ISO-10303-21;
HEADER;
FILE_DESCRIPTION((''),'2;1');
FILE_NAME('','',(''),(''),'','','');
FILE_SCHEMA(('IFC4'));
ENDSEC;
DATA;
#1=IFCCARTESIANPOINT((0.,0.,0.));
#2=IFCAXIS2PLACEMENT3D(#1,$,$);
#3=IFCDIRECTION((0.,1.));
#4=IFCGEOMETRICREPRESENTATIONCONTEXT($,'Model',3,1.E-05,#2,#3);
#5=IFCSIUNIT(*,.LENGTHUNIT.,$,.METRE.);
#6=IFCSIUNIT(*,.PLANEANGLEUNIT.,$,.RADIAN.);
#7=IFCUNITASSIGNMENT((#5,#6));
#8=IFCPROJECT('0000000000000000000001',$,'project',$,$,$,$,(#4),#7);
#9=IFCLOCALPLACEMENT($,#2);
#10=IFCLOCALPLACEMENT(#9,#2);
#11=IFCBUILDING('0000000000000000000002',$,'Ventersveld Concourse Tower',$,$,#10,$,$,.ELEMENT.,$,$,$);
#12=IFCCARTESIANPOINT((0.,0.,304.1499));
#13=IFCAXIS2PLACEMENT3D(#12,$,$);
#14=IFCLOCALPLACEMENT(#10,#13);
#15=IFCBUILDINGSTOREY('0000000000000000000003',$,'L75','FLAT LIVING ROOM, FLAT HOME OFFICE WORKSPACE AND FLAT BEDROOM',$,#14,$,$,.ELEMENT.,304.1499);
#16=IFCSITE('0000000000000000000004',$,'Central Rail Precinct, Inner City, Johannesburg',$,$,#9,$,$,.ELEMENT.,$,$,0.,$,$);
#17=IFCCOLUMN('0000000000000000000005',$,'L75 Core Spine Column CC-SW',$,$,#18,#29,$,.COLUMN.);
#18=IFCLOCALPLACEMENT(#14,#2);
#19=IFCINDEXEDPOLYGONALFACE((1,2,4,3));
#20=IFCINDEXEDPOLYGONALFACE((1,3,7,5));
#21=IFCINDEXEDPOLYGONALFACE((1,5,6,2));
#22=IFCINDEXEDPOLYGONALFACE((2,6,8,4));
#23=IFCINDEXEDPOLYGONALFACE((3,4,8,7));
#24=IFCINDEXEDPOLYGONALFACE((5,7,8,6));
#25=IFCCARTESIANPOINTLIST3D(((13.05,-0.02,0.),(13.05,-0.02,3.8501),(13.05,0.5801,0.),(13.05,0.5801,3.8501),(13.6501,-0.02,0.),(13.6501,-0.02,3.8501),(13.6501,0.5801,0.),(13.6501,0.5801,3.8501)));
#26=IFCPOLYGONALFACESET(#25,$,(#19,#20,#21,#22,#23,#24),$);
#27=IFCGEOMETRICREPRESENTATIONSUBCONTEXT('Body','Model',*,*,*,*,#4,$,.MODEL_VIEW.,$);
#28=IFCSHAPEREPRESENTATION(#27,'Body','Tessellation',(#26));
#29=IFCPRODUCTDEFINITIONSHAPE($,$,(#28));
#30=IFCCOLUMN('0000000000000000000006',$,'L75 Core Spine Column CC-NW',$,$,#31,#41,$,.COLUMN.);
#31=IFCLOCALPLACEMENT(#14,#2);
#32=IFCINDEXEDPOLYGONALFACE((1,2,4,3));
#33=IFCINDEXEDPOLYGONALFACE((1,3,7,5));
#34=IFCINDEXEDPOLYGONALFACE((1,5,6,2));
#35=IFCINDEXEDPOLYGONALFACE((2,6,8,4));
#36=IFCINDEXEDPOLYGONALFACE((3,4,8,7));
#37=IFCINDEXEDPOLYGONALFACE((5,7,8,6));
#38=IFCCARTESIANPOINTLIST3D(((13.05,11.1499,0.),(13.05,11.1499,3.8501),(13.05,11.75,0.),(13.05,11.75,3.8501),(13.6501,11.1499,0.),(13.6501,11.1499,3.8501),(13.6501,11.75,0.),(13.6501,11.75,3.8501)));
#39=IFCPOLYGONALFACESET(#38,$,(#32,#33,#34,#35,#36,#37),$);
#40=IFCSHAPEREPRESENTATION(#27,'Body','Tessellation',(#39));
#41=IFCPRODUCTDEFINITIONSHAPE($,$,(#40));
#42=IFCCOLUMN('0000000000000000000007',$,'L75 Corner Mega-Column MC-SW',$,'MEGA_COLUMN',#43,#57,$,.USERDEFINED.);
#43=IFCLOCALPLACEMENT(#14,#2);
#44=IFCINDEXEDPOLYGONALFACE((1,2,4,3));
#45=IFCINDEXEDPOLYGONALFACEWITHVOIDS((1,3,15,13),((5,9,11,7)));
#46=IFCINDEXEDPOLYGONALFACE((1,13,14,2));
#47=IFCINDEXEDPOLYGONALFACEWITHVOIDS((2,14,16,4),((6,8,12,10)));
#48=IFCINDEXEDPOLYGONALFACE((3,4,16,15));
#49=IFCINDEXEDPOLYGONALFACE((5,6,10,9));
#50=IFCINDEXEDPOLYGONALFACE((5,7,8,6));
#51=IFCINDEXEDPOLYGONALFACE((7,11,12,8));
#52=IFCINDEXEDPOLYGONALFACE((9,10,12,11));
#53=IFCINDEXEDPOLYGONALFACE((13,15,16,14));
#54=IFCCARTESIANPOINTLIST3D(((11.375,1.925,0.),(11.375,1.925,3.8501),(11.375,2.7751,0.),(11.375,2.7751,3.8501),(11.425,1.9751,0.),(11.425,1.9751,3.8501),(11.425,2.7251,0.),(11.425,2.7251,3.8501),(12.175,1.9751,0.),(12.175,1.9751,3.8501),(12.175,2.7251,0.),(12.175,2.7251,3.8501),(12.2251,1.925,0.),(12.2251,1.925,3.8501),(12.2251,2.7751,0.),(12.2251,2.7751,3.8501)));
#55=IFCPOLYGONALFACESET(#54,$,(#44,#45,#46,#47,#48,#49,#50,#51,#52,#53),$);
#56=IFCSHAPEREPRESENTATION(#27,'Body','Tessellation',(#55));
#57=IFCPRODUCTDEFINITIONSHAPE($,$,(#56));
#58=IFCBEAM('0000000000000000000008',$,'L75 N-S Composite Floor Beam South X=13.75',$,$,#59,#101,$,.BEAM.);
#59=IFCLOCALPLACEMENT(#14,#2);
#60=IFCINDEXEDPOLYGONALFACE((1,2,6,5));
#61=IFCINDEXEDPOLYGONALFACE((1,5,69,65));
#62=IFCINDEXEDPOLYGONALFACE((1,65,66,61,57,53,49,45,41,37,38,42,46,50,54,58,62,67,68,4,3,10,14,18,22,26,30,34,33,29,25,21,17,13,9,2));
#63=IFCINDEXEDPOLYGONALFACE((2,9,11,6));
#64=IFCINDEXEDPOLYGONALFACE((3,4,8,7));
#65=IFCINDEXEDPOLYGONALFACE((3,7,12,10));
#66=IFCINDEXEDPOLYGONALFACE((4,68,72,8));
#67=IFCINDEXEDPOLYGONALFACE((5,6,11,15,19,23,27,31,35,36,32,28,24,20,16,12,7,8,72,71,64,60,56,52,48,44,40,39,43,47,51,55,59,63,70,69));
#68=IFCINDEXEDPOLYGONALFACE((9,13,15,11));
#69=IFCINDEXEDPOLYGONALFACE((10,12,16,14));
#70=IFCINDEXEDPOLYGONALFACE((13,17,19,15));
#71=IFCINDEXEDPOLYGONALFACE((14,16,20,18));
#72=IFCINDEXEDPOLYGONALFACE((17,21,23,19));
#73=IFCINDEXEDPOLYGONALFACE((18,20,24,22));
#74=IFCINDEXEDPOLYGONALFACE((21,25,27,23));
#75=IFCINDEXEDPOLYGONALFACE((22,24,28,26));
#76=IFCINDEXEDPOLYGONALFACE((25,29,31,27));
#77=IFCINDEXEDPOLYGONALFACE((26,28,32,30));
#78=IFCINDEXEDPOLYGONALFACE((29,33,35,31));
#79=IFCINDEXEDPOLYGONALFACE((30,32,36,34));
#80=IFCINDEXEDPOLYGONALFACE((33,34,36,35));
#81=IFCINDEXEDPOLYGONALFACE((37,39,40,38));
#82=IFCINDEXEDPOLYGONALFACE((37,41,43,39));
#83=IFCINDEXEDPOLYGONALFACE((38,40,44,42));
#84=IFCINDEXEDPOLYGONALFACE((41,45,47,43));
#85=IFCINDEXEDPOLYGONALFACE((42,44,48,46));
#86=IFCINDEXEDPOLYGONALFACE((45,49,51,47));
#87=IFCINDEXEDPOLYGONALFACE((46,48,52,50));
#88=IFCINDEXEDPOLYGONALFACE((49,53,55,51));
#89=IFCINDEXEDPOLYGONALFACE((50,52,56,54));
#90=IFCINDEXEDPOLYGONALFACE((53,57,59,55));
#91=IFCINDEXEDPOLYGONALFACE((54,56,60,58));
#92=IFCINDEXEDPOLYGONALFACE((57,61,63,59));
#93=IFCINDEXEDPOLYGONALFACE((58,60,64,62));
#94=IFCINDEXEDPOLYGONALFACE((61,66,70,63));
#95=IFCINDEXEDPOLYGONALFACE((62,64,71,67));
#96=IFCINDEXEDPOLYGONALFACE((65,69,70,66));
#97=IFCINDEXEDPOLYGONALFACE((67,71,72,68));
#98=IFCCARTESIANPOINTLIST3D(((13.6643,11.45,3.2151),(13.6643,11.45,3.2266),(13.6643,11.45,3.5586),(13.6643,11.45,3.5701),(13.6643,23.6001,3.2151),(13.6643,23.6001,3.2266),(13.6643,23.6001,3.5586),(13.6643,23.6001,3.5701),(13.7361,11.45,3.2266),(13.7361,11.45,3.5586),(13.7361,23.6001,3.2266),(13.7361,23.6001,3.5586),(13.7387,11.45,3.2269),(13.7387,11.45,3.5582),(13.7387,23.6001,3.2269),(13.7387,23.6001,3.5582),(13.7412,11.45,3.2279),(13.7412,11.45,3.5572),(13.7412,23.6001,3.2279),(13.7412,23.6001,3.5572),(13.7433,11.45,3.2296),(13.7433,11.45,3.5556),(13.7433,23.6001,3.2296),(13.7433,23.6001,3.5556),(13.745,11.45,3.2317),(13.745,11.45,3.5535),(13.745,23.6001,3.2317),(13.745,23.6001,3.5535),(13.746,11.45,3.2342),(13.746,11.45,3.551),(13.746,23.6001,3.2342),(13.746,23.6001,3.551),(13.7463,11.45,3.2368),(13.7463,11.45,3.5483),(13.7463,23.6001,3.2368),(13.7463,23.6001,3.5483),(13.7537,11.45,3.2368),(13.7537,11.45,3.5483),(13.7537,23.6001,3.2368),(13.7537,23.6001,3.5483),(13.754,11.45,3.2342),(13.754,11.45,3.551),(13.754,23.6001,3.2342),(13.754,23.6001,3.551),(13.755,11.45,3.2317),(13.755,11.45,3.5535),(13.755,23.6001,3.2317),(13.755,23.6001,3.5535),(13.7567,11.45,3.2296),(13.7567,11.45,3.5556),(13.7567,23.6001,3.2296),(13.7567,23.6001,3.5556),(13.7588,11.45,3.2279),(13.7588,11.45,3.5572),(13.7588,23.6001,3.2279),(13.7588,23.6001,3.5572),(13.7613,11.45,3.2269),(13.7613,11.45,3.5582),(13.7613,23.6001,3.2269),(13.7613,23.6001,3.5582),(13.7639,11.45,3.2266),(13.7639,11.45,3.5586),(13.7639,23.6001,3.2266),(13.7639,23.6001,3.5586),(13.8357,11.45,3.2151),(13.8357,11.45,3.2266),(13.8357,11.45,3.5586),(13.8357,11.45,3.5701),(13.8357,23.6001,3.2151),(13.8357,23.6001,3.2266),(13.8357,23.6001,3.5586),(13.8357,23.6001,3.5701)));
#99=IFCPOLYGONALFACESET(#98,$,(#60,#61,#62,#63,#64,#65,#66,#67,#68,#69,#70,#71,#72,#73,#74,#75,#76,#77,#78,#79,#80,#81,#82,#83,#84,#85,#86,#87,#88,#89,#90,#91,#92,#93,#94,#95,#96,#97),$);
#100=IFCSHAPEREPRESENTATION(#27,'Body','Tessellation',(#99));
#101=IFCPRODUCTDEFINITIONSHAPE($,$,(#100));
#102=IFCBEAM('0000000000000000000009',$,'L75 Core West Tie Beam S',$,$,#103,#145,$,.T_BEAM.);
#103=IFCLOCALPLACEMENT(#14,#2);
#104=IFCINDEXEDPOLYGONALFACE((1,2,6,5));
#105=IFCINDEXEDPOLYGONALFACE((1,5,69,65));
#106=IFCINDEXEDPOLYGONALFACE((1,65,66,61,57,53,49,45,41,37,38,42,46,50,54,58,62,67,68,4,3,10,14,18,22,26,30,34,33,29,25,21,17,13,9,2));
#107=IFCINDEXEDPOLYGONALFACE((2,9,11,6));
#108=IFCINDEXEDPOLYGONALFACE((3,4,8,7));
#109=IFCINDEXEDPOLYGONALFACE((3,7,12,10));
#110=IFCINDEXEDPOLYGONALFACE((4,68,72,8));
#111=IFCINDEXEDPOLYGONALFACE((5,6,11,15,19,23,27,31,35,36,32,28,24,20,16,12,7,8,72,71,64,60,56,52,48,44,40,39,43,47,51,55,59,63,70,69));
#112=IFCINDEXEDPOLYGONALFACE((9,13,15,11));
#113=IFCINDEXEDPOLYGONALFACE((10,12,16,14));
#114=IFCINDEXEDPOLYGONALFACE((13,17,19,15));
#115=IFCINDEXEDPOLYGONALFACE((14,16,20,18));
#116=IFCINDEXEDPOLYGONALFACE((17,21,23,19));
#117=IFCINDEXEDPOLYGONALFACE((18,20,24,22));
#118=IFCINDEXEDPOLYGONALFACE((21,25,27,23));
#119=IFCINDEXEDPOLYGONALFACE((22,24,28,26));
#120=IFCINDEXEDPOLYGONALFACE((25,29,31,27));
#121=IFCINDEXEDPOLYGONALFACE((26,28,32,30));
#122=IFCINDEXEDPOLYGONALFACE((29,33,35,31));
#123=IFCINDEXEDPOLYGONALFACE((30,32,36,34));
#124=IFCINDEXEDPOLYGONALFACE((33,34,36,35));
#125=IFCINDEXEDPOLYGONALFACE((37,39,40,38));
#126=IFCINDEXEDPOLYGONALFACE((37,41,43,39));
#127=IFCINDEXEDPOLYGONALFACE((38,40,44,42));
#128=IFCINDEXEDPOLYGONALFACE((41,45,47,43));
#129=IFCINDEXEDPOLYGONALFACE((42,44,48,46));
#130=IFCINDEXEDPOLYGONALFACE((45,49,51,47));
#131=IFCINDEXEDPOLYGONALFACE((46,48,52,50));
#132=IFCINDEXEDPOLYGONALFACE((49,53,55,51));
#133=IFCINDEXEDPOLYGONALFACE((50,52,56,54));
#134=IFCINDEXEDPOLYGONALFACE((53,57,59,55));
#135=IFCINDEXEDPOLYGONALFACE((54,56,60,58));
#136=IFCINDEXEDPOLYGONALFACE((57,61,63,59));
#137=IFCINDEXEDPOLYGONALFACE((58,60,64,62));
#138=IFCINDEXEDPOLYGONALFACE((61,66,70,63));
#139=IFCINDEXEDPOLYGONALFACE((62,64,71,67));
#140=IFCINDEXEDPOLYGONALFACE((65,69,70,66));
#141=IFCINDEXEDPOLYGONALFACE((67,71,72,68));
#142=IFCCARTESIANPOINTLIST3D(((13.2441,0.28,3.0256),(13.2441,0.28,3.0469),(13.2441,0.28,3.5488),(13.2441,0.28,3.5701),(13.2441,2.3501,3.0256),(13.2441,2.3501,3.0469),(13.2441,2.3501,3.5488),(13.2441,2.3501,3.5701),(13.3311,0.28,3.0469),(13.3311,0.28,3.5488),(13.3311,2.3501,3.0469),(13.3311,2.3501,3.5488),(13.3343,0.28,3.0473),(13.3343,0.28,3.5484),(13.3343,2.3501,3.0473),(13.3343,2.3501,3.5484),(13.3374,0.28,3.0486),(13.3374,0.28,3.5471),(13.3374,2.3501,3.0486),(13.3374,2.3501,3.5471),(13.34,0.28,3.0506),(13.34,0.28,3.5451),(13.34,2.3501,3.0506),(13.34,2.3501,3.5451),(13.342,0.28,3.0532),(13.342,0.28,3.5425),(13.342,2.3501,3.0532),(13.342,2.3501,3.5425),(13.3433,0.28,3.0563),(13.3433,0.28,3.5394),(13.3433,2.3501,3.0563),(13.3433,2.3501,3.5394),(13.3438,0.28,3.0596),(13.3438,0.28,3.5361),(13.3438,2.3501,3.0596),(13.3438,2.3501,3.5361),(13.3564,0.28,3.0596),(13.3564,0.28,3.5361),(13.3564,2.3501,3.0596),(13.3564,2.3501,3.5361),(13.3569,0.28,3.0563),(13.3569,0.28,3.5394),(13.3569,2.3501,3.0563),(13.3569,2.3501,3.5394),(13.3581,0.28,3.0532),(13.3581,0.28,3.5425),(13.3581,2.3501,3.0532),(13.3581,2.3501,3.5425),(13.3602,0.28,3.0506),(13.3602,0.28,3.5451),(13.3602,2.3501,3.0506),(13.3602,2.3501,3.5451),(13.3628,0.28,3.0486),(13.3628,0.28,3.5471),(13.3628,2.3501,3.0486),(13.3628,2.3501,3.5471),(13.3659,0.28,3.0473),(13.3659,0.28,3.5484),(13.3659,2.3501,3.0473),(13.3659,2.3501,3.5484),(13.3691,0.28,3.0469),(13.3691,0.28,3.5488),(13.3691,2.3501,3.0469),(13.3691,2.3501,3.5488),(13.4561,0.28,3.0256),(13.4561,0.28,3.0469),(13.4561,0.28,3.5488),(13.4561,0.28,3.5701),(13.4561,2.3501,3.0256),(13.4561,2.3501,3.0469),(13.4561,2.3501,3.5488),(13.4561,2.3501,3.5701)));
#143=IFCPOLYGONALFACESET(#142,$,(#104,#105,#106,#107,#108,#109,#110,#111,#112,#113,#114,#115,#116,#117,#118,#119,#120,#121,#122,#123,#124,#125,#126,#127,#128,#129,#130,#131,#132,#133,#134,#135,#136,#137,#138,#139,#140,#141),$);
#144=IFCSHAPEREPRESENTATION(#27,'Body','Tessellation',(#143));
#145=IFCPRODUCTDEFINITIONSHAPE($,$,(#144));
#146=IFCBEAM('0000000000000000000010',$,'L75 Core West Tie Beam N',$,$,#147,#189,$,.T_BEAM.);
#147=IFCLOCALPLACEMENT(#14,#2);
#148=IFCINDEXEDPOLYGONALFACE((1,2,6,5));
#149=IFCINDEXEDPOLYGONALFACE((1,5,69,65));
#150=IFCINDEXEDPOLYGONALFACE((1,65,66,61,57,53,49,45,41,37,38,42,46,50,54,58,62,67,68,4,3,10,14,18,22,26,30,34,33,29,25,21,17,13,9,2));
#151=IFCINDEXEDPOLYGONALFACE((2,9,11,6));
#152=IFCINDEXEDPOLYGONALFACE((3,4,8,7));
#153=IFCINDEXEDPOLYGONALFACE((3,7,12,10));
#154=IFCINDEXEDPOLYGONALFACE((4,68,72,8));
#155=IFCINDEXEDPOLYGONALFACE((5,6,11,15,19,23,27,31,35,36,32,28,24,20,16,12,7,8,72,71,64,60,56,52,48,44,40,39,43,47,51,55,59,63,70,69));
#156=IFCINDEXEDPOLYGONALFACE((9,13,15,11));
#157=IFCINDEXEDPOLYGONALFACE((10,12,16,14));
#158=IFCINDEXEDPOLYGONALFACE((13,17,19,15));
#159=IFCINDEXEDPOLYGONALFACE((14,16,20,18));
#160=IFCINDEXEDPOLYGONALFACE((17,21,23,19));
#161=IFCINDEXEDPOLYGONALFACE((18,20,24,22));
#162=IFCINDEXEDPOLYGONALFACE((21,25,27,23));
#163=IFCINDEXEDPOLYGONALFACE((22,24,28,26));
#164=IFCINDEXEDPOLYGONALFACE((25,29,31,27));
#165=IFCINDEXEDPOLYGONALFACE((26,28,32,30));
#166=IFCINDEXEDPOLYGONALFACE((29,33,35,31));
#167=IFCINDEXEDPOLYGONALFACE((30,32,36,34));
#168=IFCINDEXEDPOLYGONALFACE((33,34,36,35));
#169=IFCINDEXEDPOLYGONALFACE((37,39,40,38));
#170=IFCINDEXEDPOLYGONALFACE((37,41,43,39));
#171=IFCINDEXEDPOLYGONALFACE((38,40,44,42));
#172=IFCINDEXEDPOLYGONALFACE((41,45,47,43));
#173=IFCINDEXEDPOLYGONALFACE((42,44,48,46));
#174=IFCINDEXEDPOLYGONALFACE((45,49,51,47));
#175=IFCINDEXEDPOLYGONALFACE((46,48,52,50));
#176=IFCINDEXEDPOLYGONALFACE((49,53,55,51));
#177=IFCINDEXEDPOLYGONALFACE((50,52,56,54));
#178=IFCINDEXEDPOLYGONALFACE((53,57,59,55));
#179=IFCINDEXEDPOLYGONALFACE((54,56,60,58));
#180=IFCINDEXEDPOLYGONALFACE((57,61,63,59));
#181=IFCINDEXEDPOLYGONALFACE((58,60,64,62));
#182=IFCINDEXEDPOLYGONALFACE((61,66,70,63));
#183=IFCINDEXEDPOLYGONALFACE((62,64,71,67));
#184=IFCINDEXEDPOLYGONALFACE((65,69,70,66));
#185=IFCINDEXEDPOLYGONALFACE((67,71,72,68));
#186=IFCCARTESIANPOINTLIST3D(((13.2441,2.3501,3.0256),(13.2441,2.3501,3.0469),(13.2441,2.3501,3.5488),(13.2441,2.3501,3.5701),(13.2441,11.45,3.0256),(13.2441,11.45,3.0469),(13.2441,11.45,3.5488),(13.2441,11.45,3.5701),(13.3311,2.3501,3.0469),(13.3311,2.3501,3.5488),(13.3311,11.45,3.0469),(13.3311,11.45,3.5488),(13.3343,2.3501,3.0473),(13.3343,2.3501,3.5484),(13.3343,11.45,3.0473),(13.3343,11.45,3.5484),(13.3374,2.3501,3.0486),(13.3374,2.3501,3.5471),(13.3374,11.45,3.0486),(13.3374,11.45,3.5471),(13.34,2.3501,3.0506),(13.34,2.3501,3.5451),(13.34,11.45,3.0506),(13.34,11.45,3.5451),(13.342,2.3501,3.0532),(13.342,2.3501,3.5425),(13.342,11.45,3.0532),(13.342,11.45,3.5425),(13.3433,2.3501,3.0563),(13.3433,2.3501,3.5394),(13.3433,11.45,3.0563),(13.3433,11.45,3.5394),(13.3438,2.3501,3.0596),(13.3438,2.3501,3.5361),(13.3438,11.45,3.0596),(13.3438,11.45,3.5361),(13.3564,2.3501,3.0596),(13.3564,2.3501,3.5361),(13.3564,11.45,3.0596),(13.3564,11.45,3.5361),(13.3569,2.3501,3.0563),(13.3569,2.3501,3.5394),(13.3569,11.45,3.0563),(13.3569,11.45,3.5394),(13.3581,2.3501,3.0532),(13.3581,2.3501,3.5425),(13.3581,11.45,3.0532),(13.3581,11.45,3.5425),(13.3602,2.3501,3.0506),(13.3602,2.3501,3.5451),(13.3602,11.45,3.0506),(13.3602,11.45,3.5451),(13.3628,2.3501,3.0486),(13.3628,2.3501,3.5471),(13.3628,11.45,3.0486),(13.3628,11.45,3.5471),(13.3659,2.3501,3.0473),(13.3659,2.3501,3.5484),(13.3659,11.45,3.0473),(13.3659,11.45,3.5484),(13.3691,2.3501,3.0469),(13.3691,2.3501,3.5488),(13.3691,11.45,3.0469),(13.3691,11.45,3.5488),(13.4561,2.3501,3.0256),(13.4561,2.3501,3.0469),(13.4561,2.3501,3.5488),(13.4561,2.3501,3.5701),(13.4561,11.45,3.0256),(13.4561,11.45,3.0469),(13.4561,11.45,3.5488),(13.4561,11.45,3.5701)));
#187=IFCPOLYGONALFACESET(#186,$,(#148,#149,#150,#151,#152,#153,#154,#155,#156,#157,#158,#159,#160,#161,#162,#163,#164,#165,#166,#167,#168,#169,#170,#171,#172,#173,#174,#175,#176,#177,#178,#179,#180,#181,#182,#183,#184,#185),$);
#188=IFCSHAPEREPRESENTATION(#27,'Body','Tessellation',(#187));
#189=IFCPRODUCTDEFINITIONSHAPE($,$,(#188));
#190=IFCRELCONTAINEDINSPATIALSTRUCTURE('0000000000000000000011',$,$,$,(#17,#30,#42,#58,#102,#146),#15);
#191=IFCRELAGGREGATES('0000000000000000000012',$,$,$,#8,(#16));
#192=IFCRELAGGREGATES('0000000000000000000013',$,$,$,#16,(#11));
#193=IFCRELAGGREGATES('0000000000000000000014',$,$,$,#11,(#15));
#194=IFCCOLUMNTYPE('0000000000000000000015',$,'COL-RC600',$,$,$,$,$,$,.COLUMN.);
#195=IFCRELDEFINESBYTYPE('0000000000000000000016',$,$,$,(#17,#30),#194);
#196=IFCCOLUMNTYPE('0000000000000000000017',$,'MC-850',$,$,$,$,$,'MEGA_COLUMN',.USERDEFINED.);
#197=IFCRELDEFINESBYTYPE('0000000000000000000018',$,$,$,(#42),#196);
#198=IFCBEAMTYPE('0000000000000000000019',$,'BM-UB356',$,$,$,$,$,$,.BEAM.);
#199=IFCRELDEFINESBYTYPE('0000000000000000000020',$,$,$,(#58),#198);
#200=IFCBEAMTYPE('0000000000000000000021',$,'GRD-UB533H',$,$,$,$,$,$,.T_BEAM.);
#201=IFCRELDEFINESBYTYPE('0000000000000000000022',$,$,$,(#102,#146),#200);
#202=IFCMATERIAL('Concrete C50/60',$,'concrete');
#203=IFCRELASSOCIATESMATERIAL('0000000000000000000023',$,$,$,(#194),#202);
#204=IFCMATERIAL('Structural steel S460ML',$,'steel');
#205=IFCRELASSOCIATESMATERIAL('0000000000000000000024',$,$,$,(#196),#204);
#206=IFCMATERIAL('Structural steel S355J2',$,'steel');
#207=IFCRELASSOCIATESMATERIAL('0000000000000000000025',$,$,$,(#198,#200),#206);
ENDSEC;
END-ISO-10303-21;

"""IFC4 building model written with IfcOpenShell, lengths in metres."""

from ifc_helpers import new_model, si_unit, direction, frame, origin, origin_2d, place, context, subcontext, project, spatial, rectangle, hollow_rectangle, i_section, extrude, material, material_profile, profile_set, type_object, element, save


model = new_model("IFC4")

# Units and contexts
model_context = context("Model", 3, precision=1e-05, world=origin(), true_north=direction((0.0, 1.0)))
body_context = subcontext(model_context, "Body", "Model", "MODEL_VIEW")
ifc_project = project(units=[si_unit("LENGTHUNIT", "METRE"), si_unit("PLANEANGLEUNIT", "RADIAN")], contexts=[model_context])

# Site, building, storey
site_placement = place(None, origin())
site = spatial("IfcSite", under=ifc_project, at=site_placement, Name="Central Rail Precinct, Inner City, Johannesburg", CompositionType="ELEMENT", RefElevation=0.0)
building_placement = place(site_placement, origin())
building = spatial("IfcBuilding", under=site, at=building_placement, Name="Ventersveld Concourse Tower", CompositionType="ELEMENT")
storey_placement = place(building_placement, frame((0.0, 0.0, 304.1499)))
storey = spatial("IfcBuildingStorey", under=building, at=storey_placement, Name="L75", Description="FLAT LIVING ROOM, FLAT HOME OFFICE WORKSPACE AND FLAT BEDROOM", CompositionType="ELEMENT", Elevation=304.1499)

# Columns
ifc_material_1 = material(Name="Concrete C50/60", Category="concrete")
ifc_material_profile_1 = material_profile(ifc_material_1, rectangle(XDim=0.6001, YDim=0.6001, at=origin_2d()), Name="RC 600x600")
ifc_profile_set_1 = profile_set([ifc_material_profile_1], Name="Concrete C50/60")
column_type_1 = type_object("IfcColumnType", Name="COL-RC600", PredefinedType="COLUMN", material=ifc_profile_set_1)
for number, where, z_axis, x_axis, name in (
    (1, (13.3501, 0.28, 0.0), (0.0, 0.0, 1.0), (1.0, 0.0, 0.0), "L75 Core Spine Column CC-SW"),
    (2, (13.3501, 11.45, 0.0), (0.0, 0.0, 1.0), (1.0, 0.0, 0.0), "L75 Core Spine Column CC-NW"),
):
    element("IfcColumn", number, at=place(storey_placement, frame(where, z_axis=z_axis, x_axis=x_axis)), inside=storey, type_object=column_type_1, Name=name, PredefinedType="COLUMN", context=body_context, shape_type="SweptSolid", body=[
        extrude(rectangle(XDim=0.6001, YDim=0.6001, at=origin_2d()), origin(), (0.0, 0.0, 1.0), 3.8501),
    ])
ifc_material_2 = material(Name="Structural steel S460ML", Category="steel")
ifc_material_profile_2 = material_profile(ifc_material_2, hollow_rectangle(XDim=0.8501, YDim=0.8501, WallThickness=0.05, at=origin_2d()), Name="BOX 850x850x50")
ifc_profile_set_2 = profile_set([ifc_material_profile_2], Name="Structural steel S460ML")
column_type_2 = type_object("IfcColumnType", Name="MC-850", ElementType="MEGA_COLUMN", PredefinedType="USERDEFINED", material=ifc_profile_set_2)
column_placement = place(storey_placement, frame((11.8, 2.3501, 0.0), z_axis=(0.0, 0.0, 1.0), x_axis=(1.0, 0.0, 0.0)))
element("IfcColumn", 3, at=column_placement, inside=storey, type_object=column_type_2, Name="L75 Corner Mega-Column MC-SW", ObjectType="MEGA_COLUMN", PredefinedType="USERDEFINED", context=body_context, shape_type="SweptSolid", body=[
    extrude(hollow_rectangle(XDim=0.8501, YDim=0.8501, WallThickness=0.05, at=origin_2d()), origin(), (0.0, 0.0, 1.0), 3.8501),
])

# Beams
ifc_material_3 = material(Name="Structural steel S355J2", Category="steel")
ifc_material_profile_3 = material_profile(ifc_material_3, i_section(OverallWidth=0.1714, OverallDepth=0.355, WebThickness=0.0073, FlangeThickness=0.0115, FilletRadius=0.0103, at=origin_2d()), Name="UB 356x171x51")
ifc_profile_set_3 = profile_set([ifc_material_profile_3], Name="Structural steel S355J2")
beam_type_1 = type_object("IfcBeamType", Name="BM-UB356", PredefinedType="BEAM", material=ifc_profile_set_3)
beam_1_placement = place(storey_placement, frame((13.75, 11.45, 3.3926), z_axis=(0.0, 1.0, 0.0), x_axis=(-1.0, 0.0, 0.0)))
element("IfcBeam", 4, at=beam_1_placement, inside=storey, type_object=beam_type_1, Name="L75 N-S Composite Floor Beam South X=13.75", PredefinedType="BEAM", context=body_context, shape_type="SweptSolid", body=[
    extrude(i_section(OverallWidth=0.1714, OverallDepth=0.355, WebThickness=0.0073, FlangeThickness=0.0115, FilletRadius=0.0103, at=origin_2d()), origin(), (0.0, 0.0, 1.0), 12.1501),
])
ifc_material_profile_4 = material_profile(ifc_material_3, i_section(OverallWidth=0.2119, OverallDepth=0.5444, WebThickness=0.0127, FlangeThickness=0.0212, FilletRadius=0.0127, at=origin_2d()), Name="UB 533x210x122")
ifc_profile_set_4 = profile_set([ifc_material_profile_4], Name="Structural steel S355J2")
beam_type_2 = type_object("IfcBeamType", Name="GRD-UB533H", PredefinedType="T_BEAM", material=ifc_profile_set_4)
beam_2_placement = place(storey_placement, frame((13.3501, 0.28, 3.2979), z_axis=(0.0, 1.0, 0.0), x_axis=(-1.0, 0.0, 0.0)))
element("IfcBeam", 5, at=beam_2_placement, inside=storey, type_object=beam_type_2, Name="L75 Core West Tie Beam S", PredefinedType="T_BEAM", context=body_context, shape_type="SweptSolid", body=[
    extrude(i_section(OverallWidth=0.2119, OverallDepth=0.5444, WebThickness=0.0127, FlangeThickness=0.0212, FilletRadius=0.0127, at=origin_2d()), origin(), (0.0, 0.0, 1.0), 2.0701),
])
beam_3_placement = place(storey_placement, frame((13.3501, 2.3501, 3.2979), z_axis=(0.0, 1.0, 0.0), x_axis=(-1.0, 0.0, 0.0)))
element("IfcBeam", 6, at=beam_3_placement, inside=storey, type_object=beam_type_2, Name="L75 Core West Tie Beam N", PredefinedType="T_BEAM", context=body_context, shape_type="SweptSolid", body=[
    extrude(i_section(OverallWidth=0.2119, OverallDepth=0.5444, WebThickness=0.0127, FlangeThickness=0.0212, FilletRadius=0.0127, at=origin_2d()), origin(), (0.0, 0.0, 1.0), 9.0999),
])

save(model, "model.ifc")
